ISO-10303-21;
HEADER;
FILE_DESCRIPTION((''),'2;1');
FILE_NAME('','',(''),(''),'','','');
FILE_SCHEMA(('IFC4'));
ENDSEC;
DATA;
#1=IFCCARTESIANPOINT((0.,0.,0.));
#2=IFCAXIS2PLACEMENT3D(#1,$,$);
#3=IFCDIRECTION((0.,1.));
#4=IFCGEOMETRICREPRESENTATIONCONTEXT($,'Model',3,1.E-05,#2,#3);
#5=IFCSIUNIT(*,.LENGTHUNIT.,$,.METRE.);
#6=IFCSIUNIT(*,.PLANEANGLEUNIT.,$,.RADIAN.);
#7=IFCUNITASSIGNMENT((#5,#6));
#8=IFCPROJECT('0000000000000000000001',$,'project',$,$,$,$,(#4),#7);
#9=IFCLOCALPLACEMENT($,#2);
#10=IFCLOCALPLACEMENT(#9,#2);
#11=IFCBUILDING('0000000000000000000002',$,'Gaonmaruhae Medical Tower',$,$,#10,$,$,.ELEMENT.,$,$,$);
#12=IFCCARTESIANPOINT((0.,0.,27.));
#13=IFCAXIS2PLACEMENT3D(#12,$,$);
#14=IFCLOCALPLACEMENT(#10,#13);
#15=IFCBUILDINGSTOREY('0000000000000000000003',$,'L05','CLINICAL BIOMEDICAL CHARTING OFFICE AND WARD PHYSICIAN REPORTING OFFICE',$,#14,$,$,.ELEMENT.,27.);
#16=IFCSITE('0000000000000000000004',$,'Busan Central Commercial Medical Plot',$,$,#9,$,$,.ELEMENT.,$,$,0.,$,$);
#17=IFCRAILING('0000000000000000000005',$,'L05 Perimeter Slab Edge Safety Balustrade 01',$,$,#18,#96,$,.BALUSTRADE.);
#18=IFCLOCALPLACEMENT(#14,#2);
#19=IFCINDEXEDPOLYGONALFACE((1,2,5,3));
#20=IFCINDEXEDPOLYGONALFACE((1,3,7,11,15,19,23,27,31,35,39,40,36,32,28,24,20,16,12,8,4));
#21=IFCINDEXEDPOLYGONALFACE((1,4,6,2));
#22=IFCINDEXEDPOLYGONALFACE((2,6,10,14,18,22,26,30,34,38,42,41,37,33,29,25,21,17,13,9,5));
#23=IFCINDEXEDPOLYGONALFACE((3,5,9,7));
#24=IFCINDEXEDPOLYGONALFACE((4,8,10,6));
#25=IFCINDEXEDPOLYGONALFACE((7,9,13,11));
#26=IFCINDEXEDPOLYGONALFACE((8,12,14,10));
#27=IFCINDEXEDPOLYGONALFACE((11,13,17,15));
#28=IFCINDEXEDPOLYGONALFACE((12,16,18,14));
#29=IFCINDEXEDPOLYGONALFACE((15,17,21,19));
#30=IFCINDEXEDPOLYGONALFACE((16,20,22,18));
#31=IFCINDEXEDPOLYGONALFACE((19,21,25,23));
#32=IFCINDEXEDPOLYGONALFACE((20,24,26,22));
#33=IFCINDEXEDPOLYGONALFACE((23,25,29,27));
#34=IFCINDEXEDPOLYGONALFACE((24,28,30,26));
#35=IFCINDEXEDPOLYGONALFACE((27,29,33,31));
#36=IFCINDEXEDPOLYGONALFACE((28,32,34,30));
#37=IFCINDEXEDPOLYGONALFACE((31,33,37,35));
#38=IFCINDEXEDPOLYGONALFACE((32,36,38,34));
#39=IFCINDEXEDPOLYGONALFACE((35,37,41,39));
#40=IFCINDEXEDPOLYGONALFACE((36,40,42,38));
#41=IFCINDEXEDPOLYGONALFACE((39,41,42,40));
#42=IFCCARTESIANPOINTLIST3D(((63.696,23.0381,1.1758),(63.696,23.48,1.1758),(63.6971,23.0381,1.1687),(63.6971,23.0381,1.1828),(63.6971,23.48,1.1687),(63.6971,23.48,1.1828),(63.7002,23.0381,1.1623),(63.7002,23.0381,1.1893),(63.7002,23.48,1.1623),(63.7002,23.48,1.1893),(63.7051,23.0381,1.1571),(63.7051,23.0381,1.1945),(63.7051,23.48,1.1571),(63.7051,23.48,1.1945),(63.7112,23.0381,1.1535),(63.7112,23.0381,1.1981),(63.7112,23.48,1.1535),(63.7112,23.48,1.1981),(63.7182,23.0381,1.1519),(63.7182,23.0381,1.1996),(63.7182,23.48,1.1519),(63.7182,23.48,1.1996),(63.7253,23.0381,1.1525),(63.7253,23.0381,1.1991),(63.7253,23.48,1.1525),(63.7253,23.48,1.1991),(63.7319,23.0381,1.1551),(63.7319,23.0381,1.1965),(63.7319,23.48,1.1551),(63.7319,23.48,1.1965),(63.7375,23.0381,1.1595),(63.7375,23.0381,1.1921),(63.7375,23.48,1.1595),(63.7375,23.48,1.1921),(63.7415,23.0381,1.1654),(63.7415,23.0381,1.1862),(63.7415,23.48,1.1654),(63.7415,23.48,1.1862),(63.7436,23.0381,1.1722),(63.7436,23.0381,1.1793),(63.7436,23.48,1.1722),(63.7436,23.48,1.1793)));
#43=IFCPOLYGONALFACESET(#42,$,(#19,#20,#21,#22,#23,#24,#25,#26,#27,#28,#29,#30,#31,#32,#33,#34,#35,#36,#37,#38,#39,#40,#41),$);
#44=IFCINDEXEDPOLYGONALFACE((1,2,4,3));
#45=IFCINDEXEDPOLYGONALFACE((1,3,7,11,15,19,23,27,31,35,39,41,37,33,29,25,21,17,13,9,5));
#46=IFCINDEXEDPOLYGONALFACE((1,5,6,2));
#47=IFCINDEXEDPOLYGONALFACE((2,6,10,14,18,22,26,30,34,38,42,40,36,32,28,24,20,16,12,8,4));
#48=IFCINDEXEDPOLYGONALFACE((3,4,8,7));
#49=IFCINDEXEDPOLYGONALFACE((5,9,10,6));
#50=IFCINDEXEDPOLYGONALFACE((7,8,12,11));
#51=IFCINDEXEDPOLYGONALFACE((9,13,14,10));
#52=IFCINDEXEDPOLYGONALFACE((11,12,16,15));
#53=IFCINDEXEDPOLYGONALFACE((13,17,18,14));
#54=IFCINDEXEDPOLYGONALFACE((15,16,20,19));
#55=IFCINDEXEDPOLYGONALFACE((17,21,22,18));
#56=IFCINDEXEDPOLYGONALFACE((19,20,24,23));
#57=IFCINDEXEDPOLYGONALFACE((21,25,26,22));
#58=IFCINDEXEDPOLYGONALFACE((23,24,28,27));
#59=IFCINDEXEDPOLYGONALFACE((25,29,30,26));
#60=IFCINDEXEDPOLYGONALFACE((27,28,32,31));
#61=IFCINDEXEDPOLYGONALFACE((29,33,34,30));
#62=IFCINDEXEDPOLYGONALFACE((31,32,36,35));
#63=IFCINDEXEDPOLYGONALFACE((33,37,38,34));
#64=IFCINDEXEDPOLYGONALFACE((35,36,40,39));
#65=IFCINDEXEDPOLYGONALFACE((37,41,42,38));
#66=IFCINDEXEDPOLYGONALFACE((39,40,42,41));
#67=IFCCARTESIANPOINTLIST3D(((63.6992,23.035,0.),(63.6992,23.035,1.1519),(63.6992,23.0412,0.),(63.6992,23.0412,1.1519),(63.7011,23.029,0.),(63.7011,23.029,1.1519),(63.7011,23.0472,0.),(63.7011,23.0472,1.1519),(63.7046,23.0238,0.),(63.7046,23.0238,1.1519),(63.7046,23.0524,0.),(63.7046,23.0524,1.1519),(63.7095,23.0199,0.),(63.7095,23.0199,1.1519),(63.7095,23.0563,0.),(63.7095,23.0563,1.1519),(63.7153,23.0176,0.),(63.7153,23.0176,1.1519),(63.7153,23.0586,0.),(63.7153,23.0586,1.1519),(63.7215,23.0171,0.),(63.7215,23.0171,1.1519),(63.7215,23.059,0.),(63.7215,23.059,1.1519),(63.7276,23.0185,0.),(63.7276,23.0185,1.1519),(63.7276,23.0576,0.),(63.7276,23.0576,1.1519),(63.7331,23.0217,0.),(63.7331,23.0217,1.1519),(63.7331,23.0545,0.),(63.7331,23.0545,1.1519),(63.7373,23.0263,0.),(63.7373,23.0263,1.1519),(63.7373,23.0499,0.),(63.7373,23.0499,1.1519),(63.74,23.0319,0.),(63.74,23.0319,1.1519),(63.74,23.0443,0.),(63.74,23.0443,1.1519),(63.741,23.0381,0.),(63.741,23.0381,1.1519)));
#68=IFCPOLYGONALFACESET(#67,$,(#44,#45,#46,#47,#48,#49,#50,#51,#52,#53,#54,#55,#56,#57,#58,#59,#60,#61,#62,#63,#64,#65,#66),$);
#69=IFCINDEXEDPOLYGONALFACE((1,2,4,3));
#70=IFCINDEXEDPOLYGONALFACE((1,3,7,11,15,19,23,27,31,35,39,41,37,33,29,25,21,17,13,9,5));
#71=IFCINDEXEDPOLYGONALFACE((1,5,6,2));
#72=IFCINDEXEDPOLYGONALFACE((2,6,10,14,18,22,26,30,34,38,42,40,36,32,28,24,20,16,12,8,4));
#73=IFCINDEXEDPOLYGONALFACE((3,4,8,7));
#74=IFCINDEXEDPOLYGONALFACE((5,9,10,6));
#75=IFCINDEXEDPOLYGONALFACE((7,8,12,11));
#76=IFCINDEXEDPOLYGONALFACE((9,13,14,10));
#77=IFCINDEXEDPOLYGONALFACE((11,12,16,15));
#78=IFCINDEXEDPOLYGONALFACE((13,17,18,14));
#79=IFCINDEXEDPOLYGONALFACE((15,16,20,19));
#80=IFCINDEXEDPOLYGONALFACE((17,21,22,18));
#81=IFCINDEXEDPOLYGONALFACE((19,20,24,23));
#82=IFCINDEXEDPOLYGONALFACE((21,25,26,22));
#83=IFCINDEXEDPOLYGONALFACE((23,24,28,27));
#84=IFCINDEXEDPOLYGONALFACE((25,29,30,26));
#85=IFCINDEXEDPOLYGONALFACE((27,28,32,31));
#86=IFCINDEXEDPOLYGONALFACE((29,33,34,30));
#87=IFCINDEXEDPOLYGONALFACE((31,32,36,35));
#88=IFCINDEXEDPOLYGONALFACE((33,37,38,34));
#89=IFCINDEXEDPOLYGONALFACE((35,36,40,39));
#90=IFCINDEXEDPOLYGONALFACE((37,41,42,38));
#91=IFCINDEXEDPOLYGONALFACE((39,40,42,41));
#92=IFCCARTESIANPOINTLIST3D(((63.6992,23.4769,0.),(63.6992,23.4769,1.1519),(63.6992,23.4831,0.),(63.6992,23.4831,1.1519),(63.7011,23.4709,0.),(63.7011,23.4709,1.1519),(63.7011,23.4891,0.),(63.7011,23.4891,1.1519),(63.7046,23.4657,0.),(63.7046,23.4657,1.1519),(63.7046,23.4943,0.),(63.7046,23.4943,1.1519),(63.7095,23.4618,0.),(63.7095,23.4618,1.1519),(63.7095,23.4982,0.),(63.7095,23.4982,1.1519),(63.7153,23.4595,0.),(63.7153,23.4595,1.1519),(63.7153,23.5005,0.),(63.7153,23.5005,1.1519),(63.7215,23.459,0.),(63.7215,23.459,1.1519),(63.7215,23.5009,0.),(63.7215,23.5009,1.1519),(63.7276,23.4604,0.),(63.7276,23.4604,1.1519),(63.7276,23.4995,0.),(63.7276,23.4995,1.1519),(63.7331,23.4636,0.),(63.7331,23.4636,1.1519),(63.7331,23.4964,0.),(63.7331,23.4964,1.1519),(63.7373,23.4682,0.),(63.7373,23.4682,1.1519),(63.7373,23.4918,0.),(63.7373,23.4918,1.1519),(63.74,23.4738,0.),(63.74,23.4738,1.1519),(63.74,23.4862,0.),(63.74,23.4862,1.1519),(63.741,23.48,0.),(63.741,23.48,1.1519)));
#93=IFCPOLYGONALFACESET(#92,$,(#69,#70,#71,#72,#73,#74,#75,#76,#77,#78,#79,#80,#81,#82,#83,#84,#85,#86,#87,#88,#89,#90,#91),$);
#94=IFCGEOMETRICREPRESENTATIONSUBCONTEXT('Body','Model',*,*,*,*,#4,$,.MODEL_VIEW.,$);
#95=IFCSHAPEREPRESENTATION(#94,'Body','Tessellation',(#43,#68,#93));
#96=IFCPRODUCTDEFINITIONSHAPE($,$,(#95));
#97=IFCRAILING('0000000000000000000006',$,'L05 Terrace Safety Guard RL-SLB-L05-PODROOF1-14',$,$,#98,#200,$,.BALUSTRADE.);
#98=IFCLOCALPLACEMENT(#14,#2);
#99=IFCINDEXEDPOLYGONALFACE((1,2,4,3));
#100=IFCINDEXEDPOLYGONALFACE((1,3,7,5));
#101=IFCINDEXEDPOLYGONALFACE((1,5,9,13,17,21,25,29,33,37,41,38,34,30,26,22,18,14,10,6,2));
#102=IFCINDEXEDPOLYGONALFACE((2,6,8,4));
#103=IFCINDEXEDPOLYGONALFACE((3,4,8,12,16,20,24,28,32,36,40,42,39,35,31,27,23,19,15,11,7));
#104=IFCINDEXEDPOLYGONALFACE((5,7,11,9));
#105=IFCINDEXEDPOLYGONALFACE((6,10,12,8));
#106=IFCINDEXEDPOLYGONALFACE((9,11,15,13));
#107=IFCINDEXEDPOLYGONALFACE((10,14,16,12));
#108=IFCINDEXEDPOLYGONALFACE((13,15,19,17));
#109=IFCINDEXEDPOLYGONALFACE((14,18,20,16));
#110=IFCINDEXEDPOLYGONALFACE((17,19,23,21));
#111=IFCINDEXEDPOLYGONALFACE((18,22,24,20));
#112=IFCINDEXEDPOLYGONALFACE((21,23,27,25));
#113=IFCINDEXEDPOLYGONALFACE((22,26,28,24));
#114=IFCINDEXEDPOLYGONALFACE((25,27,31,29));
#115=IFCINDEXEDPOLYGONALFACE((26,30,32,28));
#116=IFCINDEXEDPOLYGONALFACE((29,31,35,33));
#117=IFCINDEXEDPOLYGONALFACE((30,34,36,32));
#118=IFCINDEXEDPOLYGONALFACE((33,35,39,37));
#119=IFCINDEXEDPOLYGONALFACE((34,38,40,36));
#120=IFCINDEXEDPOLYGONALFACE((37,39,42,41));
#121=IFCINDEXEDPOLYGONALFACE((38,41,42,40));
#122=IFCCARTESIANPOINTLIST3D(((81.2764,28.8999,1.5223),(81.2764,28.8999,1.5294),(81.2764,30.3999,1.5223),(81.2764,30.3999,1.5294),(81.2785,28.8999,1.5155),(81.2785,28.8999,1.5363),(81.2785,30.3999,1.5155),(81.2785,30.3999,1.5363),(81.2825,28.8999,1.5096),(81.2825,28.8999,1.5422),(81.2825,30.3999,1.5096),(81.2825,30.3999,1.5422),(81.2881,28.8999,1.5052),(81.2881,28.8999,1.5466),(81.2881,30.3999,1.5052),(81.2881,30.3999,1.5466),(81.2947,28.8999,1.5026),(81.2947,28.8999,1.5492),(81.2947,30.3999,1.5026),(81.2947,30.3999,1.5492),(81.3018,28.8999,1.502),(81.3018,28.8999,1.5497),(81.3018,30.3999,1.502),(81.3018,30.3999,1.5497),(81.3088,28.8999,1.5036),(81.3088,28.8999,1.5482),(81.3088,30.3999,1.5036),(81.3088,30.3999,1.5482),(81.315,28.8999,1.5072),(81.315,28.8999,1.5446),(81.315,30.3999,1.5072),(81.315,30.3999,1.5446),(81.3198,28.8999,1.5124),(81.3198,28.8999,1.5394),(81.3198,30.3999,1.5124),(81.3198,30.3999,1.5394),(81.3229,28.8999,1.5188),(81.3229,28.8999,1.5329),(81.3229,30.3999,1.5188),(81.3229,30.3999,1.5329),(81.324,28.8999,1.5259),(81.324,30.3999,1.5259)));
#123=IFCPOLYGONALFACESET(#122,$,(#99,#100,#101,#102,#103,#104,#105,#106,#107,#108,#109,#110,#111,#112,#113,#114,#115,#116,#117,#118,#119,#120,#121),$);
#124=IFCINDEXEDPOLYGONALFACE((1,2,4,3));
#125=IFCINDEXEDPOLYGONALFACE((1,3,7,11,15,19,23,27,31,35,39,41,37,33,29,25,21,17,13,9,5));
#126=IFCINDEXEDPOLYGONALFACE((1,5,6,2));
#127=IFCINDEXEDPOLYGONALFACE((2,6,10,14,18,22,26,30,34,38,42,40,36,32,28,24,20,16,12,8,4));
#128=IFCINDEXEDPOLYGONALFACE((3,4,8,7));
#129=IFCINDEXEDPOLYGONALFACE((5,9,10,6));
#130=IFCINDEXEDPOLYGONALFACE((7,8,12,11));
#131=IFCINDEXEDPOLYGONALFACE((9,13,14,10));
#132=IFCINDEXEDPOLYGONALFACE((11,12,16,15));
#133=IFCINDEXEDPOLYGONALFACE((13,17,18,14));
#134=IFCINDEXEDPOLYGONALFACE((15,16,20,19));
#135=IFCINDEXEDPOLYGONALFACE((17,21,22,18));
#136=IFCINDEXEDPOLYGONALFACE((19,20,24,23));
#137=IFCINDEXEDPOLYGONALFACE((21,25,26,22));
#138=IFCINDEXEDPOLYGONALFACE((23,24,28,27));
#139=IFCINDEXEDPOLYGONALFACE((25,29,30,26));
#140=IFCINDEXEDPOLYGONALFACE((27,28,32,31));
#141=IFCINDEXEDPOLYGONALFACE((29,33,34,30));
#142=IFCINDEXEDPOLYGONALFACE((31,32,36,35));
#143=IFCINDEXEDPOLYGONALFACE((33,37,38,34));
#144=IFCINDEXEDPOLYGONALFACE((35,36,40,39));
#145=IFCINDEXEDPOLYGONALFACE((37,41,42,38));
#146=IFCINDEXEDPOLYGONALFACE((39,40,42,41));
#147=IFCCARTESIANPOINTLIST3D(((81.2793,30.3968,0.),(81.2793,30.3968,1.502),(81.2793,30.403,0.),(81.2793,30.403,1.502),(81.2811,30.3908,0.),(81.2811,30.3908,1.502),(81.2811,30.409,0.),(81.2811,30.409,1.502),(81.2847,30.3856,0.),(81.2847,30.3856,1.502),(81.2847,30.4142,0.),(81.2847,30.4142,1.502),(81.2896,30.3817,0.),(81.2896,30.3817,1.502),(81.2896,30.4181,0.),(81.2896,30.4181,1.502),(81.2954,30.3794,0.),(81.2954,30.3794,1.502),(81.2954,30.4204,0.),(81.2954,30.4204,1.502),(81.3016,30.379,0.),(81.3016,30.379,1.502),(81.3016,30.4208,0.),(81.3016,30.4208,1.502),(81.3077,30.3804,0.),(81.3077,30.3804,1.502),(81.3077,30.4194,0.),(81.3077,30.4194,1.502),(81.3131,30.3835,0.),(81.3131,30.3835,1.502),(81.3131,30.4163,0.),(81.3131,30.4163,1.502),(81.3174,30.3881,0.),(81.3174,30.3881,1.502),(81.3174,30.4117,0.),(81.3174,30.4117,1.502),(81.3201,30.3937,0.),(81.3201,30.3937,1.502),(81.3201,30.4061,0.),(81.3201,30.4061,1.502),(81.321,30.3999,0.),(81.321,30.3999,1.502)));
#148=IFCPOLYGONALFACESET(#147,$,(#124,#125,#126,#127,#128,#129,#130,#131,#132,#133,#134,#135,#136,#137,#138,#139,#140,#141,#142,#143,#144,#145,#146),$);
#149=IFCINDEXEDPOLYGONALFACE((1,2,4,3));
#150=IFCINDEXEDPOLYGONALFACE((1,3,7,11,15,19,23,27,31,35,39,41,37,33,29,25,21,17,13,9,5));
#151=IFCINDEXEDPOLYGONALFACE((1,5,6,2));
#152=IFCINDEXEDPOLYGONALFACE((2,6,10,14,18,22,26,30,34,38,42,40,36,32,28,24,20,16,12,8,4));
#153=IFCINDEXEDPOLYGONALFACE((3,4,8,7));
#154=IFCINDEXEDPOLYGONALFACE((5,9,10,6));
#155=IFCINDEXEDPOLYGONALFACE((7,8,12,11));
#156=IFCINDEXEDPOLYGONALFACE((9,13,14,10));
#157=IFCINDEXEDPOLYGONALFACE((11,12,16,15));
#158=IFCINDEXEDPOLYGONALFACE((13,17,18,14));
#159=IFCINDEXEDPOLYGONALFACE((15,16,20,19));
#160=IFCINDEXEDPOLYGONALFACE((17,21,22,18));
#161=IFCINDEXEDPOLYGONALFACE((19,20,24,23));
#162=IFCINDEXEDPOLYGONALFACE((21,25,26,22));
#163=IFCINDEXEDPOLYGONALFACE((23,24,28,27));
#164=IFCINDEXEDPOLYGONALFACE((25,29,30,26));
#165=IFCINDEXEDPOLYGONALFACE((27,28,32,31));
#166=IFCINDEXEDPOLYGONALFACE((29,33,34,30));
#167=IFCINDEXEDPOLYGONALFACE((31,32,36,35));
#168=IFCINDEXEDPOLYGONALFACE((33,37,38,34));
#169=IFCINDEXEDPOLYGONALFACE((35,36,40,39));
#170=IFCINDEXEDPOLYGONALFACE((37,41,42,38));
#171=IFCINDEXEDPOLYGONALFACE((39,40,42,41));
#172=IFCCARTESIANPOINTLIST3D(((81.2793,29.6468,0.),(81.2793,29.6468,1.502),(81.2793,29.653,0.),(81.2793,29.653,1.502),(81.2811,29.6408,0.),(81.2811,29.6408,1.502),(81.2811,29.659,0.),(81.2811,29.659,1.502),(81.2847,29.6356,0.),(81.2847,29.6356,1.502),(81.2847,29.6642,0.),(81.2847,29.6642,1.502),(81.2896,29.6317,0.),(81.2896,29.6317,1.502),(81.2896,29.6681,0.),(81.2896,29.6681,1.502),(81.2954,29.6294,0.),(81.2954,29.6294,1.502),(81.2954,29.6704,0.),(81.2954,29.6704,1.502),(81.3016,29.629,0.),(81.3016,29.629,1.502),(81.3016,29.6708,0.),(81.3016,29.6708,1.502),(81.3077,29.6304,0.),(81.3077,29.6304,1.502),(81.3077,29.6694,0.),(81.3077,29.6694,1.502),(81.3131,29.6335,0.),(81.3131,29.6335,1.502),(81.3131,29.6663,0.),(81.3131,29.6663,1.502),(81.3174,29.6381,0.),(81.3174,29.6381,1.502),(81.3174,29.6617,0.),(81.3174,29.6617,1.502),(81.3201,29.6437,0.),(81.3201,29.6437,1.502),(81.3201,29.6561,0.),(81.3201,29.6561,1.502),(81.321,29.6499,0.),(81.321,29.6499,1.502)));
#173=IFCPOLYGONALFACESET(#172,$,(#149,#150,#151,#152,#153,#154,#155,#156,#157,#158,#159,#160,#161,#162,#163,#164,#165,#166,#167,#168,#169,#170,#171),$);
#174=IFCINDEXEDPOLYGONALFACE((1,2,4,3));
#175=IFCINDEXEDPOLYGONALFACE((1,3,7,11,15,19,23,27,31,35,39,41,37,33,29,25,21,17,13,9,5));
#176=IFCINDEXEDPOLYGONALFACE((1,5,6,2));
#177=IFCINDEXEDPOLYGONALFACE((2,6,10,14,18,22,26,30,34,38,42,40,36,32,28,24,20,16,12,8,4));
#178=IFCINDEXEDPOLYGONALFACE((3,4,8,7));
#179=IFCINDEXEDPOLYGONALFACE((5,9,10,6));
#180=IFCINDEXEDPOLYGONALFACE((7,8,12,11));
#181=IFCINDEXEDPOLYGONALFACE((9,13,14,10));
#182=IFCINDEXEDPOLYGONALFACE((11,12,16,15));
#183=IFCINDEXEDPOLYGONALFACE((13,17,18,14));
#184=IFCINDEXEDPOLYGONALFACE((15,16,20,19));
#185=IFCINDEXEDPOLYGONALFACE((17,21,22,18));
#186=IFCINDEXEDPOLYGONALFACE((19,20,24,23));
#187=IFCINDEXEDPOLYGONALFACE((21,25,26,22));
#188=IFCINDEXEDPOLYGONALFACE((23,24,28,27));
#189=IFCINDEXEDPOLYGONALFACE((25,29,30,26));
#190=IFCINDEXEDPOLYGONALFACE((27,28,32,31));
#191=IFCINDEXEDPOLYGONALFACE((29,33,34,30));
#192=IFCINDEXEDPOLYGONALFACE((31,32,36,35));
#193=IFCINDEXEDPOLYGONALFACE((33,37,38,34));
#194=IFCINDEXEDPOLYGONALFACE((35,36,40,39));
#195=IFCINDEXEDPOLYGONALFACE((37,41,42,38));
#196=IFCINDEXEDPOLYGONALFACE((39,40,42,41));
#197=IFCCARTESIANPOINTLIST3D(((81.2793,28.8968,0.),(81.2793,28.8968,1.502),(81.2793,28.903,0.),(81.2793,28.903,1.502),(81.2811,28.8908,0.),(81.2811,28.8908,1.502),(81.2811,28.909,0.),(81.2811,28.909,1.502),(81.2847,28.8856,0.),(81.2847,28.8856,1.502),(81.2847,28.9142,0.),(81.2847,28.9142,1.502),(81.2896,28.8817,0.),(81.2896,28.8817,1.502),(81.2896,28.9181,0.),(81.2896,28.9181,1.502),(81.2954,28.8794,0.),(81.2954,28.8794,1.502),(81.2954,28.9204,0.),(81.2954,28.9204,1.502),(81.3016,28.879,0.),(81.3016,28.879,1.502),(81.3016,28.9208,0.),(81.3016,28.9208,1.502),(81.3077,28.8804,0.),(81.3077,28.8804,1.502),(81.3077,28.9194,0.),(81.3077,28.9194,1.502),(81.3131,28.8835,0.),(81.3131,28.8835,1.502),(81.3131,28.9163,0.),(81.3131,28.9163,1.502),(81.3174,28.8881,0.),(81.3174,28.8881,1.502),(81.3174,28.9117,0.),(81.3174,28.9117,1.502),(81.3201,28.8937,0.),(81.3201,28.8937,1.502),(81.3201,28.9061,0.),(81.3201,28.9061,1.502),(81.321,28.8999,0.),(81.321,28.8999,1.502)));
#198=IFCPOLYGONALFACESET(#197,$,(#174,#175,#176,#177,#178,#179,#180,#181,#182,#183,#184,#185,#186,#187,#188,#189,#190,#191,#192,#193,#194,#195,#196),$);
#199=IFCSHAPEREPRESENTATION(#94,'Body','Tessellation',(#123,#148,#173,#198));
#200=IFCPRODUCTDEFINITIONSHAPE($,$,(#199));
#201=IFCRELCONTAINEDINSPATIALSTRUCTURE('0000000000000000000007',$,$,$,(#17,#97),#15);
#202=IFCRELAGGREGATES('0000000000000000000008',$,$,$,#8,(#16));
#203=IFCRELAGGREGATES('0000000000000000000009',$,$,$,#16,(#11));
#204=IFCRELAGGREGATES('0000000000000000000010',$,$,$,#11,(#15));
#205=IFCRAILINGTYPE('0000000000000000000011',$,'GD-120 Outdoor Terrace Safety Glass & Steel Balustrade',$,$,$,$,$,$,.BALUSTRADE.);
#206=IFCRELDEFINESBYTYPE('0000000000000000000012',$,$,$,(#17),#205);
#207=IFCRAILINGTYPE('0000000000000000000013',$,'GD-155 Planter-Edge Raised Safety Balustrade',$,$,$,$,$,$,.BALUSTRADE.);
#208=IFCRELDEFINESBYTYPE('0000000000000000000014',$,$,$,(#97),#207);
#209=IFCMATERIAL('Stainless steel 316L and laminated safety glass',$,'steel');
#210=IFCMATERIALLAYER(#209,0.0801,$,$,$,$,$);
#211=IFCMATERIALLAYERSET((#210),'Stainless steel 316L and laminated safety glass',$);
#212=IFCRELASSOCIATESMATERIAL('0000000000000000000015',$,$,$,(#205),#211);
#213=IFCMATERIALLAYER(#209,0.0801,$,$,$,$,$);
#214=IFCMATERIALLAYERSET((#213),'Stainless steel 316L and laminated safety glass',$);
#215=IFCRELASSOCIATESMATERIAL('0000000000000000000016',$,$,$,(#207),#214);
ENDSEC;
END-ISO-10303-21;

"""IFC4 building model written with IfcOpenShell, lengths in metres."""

from ifc_helpers import new_model, si_unit, direction, frame, origin, origin_2d, place, context, subcontext, project, spatial, circle, extrude, material, layer, layer_set, type_object, element, save


model = new_model("IFC4")

# Units and contexts
model_context = context("Model", 3, precision=1e-05, world=origin(), true_north=direction((0.0, 1.0)))
body_context = subcontext(model_context, "Body", "Model", "MODEL_VIEW")
ifc_project = project(units=[si_unit("LENGTHUNIT", "METRE"), si_unit("PLANEANGLEUNIT", "RADIAN")], contexts=[model_context])

# Site, building, storey
site_placement = place(None, origin())
site = spatial("IfcSite", under=ifc_project, at=site_placement, Name="Busan Central Commercial Medical Plot", CompositionType="ELEMENT", RefElevation=0.0)
building_placement = place(site_placement, origin())
building = spatial("IfcBuilding", under=site, at=building_placement, Name="Gaonmaruhae Medical Tower", CompositionType="ELEMENT")
storey_placement = place(building_placement, frame((0.0, 0.0, 27.0)))
storey = spatial("IfcBuildingStorey", under=building, at=storey_placement, Name="L05", Description="CLINICAL BIOMEDICAL CHARTING OFFICE AND WARD PHYSICIAN REPORTING OFFICE", CompositionType="ELEMENT", Elevation=27.0)

# Railings
ifc_material_1 = material(Name="Stainless steel 316L and laminated safety glass", Category="steel")
ifc_layer_1 = layer(ifc_material_1, 0.0801)
ifc_layer_set_1 = layer_set([ifc_layer_1], Name="Stainless steel 316L and laminated safety glass")
railing_type_1 = type_object("IfcRailingType", Name="GD-120 Outdoor Terrace Safety Glass & Steel Balustrade", PredefinedType="BALUSTRADE", material=ifc_layer_set_1)
railing_1_placement = place(storey_placement, frame((63.72, 23.0381, 0.0)))
element("IfcRailing", 1, at=railing_1_placement, inside=storey, type_object=railing_type_1, Name="L05 Perimeter Slab Edge Safety Balustrade 01", PredefinedType="BALUSTRADE", context=body_context, shape_type="SweptSolid", body=[
    extrude(circle(Radius=0.0239, at=origin_2d()), frame((0.0, 0.0, 1.1758), z_axis=(0.0, 1.0, 0.0), x_axis=(-1.0, 0.0, 0.0)), (0.0, 0.0, 1.0), 0.4419),
    extrude(circle(Radius=0.021, at=origin_2d()), origin(), (0.0, 0.0, 1.0), 1.1519),
    extrude(circle(Radius=0.021, at=origin_2d()), frame((0.0, 0.4419, 0.0)), (0.0, 0.0, 1.0), 1.1519),
])
ifc_layer_2 = layer(ifc_material_1, 0.0801)
ifc_layer_set_2 = layer_set([ifc_layer_2], Name="Stainless steel 316L and laminated safety glass")
railing_type_2 = type_object("IfcRailingType", Name="GD-155 Planter-Edge Raised Safety Balustrade", PredefinedType="BALUSTRADE", material=ifc_layer_set_2)
railing_2_placement = place(storey_placement, frame((81.3, 30.3999, 0.0)))
element("IfcRailing", 2, at=railing_2_placement, inside=storey, type_object=railing_type_2, Name="L05 Terrace Safety Guard RL-SLB-L05-PODROOF1-14", PredefinedType="BALUSTRADE", context=body_context, shape_type="SweptSolid", body=[
    extrude(circle(Radius=0.0239, at=origin_2d()), frame((0.0, 0.0, 1.5259), z_axis=(0.0, -1.0, 0.0), x_axis=(1.0, 0.0, 0.0)), (0.0, 0.0, 1.0), 1.5),
    extrude(circle(Radius=0.021, at=origin_2d()), origin(), (0.0, 0.0, 1.0), 1.502),
    extrude(circle(Radius=0.021, at=origin_2d()), frame((0.0, -0.75, 0.0)), (0.0, 0.0, 1.0), 1.502),
    extrude(circle(Radius=0.021, at=origin_2d()), frame((0.0, -1.5, 0.0)), (0.0, 0.0, 1.0), 1.502),
])

save(model, "model.ifc")
